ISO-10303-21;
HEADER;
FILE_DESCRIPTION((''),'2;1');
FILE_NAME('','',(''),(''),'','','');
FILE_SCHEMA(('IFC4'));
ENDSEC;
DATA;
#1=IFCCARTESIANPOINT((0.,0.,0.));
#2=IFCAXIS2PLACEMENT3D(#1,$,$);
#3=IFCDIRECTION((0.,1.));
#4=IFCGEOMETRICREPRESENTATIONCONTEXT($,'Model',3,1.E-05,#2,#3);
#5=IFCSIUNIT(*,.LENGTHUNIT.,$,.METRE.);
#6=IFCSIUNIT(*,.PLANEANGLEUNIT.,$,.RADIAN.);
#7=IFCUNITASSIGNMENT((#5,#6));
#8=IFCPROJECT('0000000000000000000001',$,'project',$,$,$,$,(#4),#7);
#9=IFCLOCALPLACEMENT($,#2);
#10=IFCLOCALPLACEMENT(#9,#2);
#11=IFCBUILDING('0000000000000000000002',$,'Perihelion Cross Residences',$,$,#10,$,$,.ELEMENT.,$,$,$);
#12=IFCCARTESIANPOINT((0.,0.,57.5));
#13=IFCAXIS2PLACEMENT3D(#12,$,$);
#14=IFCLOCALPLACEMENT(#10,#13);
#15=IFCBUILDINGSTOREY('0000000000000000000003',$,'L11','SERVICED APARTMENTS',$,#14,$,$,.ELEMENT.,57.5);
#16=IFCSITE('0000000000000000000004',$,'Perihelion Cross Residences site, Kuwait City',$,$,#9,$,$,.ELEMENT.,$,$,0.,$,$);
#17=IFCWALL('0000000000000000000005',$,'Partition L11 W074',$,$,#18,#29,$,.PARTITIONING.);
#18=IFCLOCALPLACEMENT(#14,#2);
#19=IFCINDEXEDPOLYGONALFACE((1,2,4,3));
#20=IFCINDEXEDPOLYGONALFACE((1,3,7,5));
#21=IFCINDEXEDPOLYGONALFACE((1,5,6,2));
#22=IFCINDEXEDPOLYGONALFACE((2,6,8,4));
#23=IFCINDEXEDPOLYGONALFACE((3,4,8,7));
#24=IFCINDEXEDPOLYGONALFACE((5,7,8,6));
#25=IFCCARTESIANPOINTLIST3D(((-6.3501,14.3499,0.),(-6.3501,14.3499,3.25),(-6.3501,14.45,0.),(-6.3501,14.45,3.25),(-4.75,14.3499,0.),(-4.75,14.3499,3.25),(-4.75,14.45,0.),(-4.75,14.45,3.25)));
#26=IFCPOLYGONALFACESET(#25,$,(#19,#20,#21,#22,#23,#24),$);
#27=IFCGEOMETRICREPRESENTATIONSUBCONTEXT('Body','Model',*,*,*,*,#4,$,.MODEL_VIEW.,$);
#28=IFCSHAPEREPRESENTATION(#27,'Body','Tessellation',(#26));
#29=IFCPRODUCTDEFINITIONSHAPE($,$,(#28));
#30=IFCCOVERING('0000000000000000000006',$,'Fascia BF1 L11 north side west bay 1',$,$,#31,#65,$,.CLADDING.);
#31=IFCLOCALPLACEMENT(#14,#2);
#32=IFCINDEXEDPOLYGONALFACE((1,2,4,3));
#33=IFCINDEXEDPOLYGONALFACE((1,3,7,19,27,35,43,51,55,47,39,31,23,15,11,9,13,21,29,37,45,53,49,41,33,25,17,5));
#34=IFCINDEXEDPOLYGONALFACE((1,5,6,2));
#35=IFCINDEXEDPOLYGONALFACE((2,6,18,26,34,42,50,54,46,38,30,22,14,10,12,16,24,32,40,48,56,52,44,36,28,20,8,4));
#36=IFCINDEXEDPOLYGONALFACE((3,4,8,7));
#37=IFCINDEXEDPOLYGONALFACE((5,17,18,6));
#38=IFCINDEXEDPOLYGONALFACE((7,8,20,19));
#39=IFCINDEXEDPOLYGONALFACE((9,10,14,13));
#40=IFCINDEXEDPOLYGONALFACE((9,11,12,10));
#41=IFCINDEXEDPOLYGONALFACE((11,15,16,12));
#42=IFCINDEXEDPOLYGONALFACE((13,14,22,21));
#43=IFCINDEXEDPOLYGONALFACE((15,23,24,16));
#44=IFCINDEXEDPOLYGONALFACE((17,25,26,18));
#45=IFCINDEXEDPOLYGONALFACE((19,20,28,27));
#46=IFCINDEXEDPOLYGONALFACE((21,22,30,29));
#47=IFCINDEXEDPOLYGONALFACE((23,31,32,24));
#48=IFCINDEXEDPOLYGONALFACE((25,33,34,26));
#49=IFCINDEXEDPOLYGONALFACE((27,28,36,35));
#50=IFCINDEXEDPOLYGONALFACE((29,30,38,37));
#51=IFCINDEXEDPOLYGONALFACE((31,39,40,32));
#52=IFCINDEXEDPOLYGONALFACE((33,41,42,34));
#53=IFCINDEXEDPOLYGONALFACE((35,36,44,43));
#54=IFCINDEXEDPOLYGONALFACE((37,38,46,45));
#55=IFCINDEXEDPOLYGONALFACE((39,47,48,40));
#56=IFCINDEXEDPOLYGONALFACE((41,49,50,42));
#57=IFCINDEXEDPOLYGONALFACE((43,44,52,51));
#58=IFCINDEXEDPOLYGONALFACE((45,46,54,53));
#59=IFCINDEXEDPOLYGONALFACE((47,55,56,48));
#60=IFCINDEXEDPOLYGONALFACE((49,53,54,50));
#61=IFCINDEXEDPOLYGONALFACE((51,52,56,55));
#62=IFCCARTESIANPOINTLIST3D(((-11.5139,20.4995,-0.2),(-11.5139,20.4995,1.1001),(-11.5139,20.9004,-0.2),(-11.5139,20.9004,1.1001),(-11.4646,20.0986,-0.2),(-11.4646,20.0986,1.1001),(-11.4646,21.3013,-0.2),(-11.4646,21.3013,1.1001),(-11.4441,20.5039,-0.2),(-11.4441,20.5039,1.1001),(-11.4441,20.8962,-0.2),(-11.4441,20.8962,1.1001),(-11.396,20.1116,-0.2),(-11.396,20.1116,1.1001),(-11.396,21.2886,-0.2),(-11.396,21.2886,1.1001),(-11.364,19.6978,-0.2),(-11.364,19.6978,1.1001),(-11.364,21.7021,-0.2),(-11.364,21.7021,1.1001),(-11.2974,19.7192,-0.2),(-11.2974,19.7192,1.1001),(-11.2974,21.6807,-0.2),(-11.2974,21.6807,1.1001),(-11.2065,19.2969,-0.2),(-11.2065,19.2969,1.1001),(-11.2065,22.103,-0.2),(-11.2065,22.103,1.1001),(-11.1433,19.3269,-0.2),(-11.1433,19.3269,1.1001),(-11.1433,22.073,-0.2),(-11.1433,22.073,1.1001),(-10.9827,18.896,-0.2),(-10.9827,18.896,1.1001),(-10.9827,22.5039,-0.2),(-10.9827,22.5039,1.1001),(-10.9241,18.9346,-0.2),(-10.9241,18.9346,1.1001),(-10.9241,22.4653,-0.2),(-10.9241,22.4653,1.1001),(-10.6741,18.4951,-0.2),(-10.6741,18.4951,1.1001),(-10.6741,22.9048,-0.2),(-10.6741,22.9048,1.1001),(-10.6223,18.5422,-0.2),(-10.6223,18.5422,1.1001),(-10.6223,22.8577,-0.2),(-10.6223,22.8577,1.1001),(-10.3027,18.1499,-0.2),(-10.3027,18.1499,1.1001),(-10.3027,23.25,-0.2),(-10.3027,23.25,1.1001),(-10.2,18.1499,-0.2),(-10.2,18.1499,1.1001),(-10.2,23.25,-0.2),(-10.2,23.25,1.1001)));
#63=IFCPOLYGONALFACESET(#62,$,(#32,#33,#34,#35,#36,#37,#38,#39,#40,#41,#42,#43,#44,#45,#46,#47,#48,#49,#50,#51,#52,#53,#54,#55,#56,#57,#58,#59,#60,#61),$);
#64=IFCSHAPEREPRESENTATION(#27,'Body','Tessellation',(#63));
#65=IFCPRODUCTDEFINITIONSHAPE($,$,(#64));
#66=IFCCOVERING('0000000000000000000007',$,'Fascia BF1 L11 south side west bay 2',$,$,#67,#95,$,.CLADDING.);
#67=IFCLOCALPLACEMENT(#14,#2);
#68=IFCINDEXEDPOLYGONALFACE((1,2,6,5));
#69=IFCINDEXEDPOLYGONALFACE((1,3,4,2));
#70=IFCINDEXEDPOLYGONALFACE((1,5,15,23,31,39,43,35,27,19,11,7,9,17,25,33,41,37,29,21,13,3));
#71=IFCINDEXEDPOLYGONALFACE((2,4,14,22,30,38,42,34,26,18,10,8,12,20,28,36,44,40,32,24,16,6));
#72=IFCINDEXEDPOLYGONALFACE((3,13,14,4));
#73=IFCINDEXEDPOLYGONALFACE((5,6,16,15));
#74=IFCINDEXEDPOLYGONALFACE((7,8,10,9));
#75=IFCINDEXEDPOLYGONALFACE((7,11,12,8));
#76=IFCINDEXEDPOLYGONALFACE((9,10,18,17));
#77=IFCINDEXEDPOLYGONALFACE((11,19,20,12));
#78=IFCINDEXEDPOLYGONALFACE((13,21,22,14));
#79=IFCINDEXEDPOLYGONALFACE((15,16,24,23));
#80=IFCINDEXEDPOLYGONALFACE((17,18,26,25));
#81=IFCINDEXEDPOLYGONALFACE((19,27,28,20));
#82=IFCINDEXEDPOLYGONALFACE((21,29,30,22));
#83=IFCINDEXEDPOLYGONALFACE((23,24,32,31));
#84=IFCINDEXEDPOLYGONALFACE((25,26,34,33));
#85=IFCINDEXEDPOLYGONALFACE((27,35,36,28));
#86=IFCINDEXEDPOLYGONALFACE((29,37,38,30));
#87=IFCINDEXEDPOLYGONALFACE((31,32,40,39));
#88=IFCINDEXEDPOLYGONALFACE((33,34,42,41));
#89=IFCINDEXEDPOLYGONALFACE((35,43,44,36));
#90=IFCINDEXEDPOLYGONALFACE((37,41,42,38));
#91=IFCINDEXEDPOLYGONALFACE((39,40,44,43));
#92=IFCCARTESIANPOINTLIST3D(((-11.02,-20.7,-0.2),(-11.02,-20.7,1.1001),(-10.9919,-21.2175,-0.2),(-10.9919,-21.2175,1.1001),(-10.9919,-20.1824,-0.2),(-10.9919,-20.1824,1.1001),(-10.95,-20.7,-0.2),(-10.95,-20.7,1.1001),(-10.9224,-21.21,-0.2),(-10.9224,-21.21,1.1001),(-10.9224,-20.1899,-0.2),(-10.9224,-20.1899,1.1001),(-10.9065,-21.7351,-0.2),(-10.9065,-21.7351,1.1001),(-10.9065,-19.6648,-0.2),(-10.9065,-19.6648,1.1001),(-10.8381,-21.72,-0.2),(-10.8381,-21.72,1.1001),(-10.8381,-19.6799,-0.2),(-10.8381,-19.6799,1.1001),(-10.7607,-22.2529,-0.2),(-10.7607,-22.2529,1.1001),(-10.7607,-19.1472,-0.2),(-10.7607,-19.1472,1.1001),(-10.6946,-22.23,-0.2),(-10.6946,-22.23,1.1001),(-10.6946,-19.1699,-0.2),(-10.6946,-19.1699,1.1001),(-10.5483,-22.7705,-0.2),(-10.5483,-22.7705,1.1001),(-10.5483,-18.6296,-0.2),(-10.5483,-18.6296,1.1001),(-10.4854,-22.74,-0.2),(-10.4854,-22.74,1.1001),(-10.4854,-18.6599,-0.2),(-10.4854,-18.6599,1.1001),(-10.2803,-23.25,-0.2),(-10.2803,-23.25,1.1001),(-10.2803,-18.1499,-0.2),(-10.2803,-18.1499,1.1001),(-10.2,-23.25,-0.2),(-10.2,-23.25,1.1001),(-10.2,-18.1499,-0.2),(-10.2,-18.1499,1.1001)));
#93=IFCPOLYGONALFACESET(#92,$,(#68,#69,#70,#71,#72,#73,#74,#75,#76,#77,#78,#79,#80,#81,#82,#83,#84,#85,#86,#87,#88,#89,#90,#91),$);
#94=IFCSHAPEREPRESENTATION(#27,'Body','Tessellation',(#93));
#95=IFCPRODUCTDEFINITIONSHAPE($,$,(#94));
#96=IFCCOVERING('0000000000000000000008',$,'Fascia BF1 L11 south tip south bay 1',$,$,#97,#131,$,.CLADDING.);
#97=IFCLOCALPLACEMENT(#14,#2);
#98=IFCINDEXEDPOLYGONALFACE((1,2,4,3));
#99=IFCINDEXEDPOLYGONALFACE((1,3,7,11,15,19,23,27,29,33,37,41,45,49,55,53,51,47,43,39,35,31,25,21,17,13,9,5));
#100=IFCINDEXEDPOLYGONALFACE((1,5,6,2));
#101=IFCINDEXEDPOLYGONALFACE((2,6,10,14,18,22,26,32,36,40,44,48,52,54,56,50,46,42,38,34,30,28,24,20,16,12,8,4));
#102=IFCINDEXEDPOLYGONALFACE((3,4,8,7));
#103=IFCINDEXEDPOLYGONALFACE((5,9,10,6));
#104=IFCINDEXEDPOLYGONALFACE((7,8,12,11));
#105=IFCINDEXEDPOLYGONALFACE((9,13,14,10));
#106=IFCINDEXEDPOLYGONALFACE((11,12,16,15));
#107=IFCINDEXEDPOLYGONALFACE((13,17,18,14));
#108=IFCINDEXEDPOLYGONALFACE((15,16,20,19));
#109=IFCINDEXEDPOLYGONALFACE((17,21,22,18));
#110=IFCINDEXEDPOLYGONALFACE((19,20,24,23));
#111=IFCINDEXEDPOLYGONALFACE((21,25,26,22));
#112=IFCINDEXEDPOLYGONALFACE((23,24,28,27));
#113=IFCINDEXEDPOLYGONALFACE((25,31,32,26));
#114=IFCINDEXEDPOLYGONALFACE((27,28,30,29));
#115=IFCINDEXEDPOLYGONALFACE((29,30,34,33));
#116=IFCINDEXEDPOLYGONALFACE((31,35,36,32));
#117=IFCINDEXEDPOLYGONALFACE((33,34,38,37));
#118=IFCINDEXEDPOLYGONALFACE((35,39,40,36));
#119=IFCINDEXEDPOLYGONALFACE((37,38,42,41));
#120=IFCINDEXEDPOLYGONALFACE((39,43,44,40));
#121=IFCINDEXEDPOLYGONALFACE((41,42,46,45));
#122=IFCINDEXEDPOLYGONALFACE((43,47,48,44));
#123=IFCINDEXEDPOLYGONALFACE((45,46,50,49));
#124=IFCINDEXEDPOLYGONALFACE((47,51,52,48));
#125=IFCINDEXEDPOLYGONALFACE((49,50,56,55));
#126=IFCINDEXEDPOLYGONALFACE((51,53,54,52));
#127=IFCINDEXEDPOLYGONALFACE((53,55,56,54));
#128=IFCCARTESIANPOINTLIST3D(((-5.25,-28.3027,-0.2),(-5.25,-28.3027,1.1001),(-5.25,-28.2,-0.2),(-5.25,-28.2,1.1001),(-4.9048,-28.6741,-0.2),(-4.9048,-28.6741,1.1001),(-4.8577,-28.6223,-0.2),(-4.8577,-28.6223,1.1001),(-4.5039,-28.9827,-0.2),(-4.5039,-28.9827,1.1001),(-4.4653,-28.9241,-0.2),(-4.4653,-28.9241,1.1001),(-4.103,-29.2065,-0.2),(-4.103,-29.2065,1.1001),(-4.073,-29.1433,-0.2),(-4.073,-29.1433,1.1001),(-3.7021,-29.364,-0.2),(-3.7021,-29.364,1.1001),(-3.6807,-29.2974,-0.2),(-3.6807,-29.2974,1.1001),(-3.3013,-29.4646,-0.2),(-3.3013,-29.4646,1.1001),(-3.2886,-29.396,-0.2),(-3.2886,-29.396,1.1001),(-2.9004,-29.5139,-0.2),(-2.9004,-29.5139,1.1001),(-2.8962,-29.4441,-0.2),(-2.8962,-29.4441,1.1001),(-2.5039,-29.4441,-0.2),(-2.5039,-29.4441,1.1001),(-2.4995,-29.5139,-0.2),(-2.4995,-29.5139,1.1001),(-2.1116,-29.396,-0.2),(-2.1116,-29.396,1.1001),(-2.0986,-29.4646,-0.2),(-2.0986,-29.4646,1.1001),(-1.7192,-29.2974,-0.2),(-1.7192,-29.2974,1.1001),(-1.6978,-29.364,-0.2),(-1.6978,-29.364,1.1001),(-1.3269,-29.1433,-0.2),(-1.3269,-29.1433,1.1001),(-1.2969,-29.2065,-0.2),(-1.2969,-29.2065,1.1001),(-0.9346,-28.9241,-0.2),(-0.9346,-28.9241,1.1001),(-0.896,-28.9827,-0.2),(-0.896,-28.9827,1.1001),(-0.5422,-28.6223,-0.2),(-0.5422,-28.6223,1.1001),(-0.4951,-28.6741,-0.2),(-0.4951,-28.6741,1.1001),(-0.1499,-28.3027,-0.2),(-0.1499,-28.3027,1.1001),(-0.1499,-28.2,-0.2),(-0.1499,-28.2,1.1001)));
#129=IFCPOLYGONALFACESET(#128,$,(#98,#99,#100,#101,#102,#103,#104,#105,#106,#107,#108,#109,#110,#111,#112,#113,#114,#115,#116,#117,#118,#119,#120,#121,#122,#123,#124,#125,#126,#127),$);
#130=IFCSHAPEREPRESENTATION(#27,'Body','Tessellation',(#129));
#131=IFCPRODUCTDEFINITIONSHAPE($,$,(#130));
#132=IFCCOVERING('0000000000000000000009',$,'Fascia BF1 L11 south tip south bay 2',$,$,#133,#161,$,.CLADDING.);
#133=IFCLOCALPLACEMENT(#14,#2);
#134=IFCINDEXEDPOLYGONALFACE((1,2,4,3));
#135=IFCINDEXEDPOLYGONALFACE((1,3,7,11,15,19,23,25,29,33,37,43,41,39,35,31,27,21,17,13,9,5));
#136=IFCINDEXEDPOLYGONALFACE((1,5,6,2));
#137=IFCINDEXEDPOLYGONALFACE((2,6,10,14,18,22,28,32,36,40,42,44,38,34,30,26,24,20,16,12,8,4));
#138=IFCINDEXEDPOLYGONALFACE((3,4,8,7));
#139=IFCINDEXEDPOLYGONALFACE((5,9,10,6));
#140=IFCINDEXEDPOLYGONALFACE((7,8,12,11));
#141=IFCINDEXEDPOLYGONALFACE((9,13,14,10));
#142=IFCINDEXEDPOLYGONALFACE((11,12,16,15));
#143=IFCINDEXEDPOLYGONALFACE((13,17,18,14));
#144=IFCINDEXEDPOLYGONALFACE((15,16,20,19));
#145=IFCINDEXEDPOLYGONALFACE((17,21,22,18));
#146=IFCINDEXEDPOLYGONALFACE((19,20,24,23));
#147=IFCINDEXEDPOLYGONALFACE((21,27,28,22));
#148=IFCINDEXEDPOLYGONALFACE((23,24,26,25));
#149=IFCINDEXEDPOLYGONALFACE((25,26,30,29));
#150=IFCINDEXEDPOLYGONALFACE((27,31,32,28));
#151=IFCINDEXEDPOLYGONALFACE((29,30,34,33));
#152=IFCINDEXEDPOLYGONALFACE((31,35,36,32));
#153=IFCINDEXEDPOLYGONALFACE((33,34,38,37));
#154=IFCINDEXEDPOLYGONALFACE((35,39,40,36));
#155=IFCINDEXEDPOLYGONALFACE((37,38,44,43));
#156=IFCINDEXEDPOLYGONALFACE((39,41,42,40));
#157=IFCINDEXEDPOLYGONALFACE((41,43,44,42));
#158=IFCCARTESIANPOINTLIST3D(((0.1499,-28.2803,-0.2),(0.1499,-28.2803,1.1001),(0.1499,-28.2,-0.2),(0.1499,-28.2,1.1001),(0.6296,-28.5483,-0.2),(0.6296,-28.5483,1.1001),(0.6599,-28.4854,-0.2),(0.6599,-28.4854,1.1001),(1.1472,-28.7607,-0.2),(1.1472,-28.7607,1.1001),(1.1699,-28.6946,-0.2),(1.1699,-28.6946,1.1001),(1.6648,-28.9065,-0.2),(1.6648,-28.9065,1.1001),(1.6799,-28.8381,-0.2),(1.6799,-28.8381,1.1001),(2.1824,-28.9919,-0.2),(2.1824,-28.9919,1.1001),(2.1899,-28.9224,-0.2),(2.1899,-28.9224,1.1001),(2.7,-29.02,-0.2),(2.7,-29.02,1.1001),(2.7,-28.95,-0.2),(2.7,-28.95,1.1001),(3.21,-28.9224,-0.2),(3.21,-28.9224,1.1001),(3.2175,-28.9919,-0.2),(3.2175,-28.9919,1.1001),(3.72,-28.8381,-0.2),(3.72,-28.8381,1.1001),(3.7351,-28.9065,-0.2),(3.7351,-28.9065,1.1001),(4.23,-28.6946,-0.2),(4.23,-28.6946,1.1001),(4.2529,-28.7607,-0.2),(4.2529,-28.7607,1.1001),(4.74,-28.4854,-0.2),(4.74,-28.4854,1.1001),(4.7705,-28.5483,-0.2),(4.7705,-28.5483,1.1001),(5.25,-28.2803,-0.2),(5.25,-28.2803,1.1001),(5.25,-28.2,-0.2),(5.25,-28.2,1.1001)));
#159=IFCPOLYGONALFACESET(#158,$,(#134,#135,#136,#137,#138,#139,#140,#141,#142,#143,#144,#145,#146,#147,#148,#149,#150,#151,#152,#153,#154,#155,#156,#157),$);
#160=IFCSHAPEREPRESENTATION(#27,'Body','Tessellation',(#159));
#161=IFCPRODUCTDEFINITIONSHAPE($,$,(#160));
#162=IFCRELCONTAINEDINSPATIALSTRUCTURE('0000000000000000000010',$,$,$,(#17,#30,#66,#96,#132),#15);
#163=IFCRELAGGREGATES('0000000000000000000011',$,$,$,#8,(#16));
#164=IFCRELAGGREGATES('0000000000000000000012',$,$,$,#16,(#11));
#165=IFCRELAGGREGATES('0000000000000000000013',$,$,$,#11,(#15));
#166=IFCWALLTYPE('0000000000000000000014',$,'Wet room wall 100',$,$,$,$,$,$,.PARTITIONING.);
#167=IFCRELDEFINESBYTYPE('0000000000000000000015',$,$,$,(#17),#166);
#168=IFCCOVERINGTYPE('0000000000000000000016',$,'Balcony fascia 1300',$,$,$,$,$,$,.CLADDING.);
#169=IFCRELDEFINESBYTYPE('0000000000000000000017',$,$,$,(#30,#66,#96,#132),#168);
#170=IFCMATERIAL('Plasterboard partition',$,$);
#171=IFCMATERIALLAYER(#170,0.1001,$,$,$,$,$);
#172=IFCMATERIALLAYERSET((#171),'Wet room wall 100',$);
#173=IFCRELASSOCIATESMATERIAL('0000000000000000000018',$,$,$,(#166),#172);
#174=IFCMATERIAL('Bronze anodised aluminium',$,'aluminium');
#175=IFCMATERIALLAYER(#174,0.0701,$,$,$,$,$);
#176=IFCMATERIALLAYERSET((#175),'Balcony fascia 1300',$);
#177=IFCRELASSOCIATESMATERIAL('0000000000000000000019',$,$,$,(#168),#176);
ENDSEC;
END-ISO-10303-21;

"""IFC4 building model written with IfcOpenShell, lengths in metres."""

from ifc_helpers import new_model, si_unit, direction, frame, frame_2d, origin, place, context, subcontext, project, spatial, polyline, rectangle, outline, extrude, material, layer, layer_set, type_object, element, save


model = new_model("IFC4")

# Units and contexts
model_context = context("Model", 3, precision=1e-05, world=origin(), true_north=direction((0.0, 1.0)))
body_context = subcontext(model_context, "Body", "Model", "MODEL_VIEW")
ifc_project = project(units=[si_unit("LENGTHUNIT", "METRE"), si_unit("PLANEANGLEUNIT", "RADIAN")], contexts=[model_context])

# Site, building, storey
site_placement = place(None, origin())
site = spatial("IfcSite", under=ifc_project, at=site_placement, Name="Perihelion Cross Residences site, Kuwait City", CompositionType="ELEMENT", RefElevation=0.0)
building_placement = place(site_placement, origin())
building = spatial("IfcBuilding", under=site, at=building_placement, Name="Perihelion Cross Residences", CompositionType="ELEMENT")
storey_placement = place(building_placement, frame((0.0, 0.0, 57.5)))
storey = spatial("IfcBuildingStorey", under=building, at=storey_placement, Name="L11", Description="SERVICED APARTMENTS", CompositionType="ELEMENT", Elevation=57.5)

# Shared definitions
ifc_material_1 = material(Name="Plasterboard partition")
ifc_layer_1 = layer(ifc_material_1, 0.1001)
ifc_layer_set_1 = layer_set([ifc_layer_1], Name="Wet room wall 100")
wall_type_1 = type_object("IfcWallType", Name="Wet room wall 100", PredefinedType="PARTITIONING", material=ifc_layer_set_1)

# Wall
wall_1_placement = place(storey_placement, frame((-6.3501, 14.3999, 0.0), z_axis=(0.0, 0.0, 1.0), x_axis=(1.0, 0.0, 0.0)))
element("IfcWall", 1, at=wall_1_placement, inside=storey, type_object=wall_type_1, Name="Partition L11 W074", PredefinedType="PARTITIONING", context=body_context, shape_type="SweptSolid", body=[
    extrude(rectangle(XDim=1.6001, YDim=0.1001, at=frame_2d((0.8, 0.0))), origin(), (0.0, 0.0, 1.0), 3.25),
])

# Coverings
ifc_material_2 = material(Name="Bronze anodised aluminium", Category="aluminium")
ifc_layer_2 = layer(ifc_material_2, 0.0701)
ifc_layer_set_2 = layer_set([ifc_layer_2], Name="Balcony fascia 1300")
covering_type_1 = type_object("IfcCoveringType", Name="Balcony fascia 1300", PredefinedType="CLADDING", material=ifc_layer_set_2)
covering_1_placement = place(storey_placement, frame((0.0, 0.0, -0.2)))
element("IfcCovering", 2, at=covering_1_placement, inside=storey, type_object=covering_type_1, Name="Fascia BF1 L11 north side west bay 1", PredefinedType="CLADDING", context=body_context, shape_type="SweptSolid", body=[
    extrude(outline(polyline([(-10.6741, 22.9048), (-10.9827, 22.5039), (-11.2065, 22.103), (-11.364, 21.7021), (-11.4646, 21.3013), (-11.5139, 20.9004), (-11.5139, 20.4995), (-11.4646, 20.0986), (-11.364, 19.6978), (-11.2065, 19.2969), (-10.9827, 18.896), (-10.6741, 18.4951), (-10.3027, 18.1499), (-10.2, 18.1499), (-10.6223, 18.5422), (-10.9241, 18.9346), (-11.1433, 19.3269), (-11.2974, 19.7192), (-11.396, 20.1116), (-11.4441, 20.5039), (-11.4441, 20.8962), (-11.396, 21.2886), (-11.2974, 21.6807), (-11.1433, 22.073), (-10.9241, 22.4653), (-10.6223, 22.8577), (-10.2, 23.25), (-10.3027, 23.25), (-10.6741, 22.9048)])), origin(), (0.0, 0.0, 1.0), 1.3),
])
covering_2_placement = place(storey_placement, frame((0.0, 0.0, -0.2)))
element("IfcCovering", 3, at=covering_2_placement, inside=storey, type_object=covering_type_1, Name="Fascia BF1 L11 south side west bay 2", PredefinedType="CLADDING", context=body_context, shape_type="SweptSolid", body=[
    extrude(outline(polyline([(-10.5483, -18.6296), (-10.7607, -19.1472), (-10.9065, -19.6648), (-10.9919, -20.1824), (-11.02, -20.7), (-10.9919, -21.2175), (-10.9065, -21.7351), (-10.7607, -22.2529), (-10.5483, -22.7705), (-10.2803, -23.25), (-10.2, -23.25), (-10.4854, -22.74), (-10.6946, -22.23), (-10.8381, -21.72), (-10.9224, -21.21), (-10.95, -20.7), (-10.9224, -20.1899), (-10.8381, -19.6799), (-10.6946, -19.1699), (-10.4854, -18.6599), (-10.2, -18.1499), (-10.2803, -18.1499), (-10.5483, -18.6296)])), origin(), (0.0, 0.0, 1.0), 1.3),
])
covering_3_placement = place(storey_placement, frame((0.0, 0.0, -0.2)))
element("IfcCovering", 4, at=covering_3_placement, inside=storey, type_object=covering_type_1, Name="Fascia BF1 L11 south tip south bay 1", PredefinedType="CLADDING", context=body_context, shape_type="SweptSolid", body=[
    extrude(outline(polyline([(-4.9048, -28.6741), (-4.5039, -28.9827), (-4.103, -29.2065), (-3.7021, -29.364), (-3.3013, -29.4646), (-2.9004, -29.5139), (-2.4995, -29.5139), (-2.0986, -29.4646), (-1.6978, -29.364), (-1.2969, -29.2065), (-0.896, -28.9827), (-0.4951, -28.6741), (-0.1499, -28.3027), (-0.1499, -28.2), (-0.5422, -28.6223), (-0.9346, -28.9241), (-1.3269, -29.1433), (-1.7192, -29.2974), (-2.1116, -29.396), (-2.5039, -29.4441), (-2.8962, -29.4441), (-3.2886, -29.396), (-3.6807, -29.2974), (-4.073, -29.1433), (-4.4653, -28.9241), (-4.8577, -28.6223), (-5.25, -28.2), (-5.25, -28.3027), (-4.9048, -28.6741)])), origin(), (0.0, 0.0, 1.0), 1.3),
])
covering_4_placement = place(storey_placement, frame((0.0, 0.0, -0.2)))
element("IfcCovering", 5, at=covering_4_placement, inside=storey, type_object=covering_type_1, Name="Fascia BF1 L11 south tip south bay 2", PredefinedType="CLADDING", context=body_context, shape_type="SweptSolid", body=[
    extrude(outline(polyline([(0.6296, -28.5483), (1.1472, -28.7607), (1.6648, -28.9065), (2.1824, -28.9919), (2.7, -29.02), (3.2175, -28.9919), (3.7351, -28.9065), (4.2529, -28.7607), (4.7705, -28.5483), (5.25, -28.2803), (5.25, -28.2), (4.74, -28.4854), (4.23, -28.6946), (3.72, -28.8381), (3.21, -28.9224), (2.7, -28.95), (2.1899, -28.9224), (1.6799, -28.8381), (1.1699, -28.6946), (0.6599, -28.4854), (0.1499, -28.2), (0.1499, -28.2803), (0.6296, -28.5483)])), origin(), (0.0, 0.0, 1.0), 1.3),
])

save(model, "model.ifc")
